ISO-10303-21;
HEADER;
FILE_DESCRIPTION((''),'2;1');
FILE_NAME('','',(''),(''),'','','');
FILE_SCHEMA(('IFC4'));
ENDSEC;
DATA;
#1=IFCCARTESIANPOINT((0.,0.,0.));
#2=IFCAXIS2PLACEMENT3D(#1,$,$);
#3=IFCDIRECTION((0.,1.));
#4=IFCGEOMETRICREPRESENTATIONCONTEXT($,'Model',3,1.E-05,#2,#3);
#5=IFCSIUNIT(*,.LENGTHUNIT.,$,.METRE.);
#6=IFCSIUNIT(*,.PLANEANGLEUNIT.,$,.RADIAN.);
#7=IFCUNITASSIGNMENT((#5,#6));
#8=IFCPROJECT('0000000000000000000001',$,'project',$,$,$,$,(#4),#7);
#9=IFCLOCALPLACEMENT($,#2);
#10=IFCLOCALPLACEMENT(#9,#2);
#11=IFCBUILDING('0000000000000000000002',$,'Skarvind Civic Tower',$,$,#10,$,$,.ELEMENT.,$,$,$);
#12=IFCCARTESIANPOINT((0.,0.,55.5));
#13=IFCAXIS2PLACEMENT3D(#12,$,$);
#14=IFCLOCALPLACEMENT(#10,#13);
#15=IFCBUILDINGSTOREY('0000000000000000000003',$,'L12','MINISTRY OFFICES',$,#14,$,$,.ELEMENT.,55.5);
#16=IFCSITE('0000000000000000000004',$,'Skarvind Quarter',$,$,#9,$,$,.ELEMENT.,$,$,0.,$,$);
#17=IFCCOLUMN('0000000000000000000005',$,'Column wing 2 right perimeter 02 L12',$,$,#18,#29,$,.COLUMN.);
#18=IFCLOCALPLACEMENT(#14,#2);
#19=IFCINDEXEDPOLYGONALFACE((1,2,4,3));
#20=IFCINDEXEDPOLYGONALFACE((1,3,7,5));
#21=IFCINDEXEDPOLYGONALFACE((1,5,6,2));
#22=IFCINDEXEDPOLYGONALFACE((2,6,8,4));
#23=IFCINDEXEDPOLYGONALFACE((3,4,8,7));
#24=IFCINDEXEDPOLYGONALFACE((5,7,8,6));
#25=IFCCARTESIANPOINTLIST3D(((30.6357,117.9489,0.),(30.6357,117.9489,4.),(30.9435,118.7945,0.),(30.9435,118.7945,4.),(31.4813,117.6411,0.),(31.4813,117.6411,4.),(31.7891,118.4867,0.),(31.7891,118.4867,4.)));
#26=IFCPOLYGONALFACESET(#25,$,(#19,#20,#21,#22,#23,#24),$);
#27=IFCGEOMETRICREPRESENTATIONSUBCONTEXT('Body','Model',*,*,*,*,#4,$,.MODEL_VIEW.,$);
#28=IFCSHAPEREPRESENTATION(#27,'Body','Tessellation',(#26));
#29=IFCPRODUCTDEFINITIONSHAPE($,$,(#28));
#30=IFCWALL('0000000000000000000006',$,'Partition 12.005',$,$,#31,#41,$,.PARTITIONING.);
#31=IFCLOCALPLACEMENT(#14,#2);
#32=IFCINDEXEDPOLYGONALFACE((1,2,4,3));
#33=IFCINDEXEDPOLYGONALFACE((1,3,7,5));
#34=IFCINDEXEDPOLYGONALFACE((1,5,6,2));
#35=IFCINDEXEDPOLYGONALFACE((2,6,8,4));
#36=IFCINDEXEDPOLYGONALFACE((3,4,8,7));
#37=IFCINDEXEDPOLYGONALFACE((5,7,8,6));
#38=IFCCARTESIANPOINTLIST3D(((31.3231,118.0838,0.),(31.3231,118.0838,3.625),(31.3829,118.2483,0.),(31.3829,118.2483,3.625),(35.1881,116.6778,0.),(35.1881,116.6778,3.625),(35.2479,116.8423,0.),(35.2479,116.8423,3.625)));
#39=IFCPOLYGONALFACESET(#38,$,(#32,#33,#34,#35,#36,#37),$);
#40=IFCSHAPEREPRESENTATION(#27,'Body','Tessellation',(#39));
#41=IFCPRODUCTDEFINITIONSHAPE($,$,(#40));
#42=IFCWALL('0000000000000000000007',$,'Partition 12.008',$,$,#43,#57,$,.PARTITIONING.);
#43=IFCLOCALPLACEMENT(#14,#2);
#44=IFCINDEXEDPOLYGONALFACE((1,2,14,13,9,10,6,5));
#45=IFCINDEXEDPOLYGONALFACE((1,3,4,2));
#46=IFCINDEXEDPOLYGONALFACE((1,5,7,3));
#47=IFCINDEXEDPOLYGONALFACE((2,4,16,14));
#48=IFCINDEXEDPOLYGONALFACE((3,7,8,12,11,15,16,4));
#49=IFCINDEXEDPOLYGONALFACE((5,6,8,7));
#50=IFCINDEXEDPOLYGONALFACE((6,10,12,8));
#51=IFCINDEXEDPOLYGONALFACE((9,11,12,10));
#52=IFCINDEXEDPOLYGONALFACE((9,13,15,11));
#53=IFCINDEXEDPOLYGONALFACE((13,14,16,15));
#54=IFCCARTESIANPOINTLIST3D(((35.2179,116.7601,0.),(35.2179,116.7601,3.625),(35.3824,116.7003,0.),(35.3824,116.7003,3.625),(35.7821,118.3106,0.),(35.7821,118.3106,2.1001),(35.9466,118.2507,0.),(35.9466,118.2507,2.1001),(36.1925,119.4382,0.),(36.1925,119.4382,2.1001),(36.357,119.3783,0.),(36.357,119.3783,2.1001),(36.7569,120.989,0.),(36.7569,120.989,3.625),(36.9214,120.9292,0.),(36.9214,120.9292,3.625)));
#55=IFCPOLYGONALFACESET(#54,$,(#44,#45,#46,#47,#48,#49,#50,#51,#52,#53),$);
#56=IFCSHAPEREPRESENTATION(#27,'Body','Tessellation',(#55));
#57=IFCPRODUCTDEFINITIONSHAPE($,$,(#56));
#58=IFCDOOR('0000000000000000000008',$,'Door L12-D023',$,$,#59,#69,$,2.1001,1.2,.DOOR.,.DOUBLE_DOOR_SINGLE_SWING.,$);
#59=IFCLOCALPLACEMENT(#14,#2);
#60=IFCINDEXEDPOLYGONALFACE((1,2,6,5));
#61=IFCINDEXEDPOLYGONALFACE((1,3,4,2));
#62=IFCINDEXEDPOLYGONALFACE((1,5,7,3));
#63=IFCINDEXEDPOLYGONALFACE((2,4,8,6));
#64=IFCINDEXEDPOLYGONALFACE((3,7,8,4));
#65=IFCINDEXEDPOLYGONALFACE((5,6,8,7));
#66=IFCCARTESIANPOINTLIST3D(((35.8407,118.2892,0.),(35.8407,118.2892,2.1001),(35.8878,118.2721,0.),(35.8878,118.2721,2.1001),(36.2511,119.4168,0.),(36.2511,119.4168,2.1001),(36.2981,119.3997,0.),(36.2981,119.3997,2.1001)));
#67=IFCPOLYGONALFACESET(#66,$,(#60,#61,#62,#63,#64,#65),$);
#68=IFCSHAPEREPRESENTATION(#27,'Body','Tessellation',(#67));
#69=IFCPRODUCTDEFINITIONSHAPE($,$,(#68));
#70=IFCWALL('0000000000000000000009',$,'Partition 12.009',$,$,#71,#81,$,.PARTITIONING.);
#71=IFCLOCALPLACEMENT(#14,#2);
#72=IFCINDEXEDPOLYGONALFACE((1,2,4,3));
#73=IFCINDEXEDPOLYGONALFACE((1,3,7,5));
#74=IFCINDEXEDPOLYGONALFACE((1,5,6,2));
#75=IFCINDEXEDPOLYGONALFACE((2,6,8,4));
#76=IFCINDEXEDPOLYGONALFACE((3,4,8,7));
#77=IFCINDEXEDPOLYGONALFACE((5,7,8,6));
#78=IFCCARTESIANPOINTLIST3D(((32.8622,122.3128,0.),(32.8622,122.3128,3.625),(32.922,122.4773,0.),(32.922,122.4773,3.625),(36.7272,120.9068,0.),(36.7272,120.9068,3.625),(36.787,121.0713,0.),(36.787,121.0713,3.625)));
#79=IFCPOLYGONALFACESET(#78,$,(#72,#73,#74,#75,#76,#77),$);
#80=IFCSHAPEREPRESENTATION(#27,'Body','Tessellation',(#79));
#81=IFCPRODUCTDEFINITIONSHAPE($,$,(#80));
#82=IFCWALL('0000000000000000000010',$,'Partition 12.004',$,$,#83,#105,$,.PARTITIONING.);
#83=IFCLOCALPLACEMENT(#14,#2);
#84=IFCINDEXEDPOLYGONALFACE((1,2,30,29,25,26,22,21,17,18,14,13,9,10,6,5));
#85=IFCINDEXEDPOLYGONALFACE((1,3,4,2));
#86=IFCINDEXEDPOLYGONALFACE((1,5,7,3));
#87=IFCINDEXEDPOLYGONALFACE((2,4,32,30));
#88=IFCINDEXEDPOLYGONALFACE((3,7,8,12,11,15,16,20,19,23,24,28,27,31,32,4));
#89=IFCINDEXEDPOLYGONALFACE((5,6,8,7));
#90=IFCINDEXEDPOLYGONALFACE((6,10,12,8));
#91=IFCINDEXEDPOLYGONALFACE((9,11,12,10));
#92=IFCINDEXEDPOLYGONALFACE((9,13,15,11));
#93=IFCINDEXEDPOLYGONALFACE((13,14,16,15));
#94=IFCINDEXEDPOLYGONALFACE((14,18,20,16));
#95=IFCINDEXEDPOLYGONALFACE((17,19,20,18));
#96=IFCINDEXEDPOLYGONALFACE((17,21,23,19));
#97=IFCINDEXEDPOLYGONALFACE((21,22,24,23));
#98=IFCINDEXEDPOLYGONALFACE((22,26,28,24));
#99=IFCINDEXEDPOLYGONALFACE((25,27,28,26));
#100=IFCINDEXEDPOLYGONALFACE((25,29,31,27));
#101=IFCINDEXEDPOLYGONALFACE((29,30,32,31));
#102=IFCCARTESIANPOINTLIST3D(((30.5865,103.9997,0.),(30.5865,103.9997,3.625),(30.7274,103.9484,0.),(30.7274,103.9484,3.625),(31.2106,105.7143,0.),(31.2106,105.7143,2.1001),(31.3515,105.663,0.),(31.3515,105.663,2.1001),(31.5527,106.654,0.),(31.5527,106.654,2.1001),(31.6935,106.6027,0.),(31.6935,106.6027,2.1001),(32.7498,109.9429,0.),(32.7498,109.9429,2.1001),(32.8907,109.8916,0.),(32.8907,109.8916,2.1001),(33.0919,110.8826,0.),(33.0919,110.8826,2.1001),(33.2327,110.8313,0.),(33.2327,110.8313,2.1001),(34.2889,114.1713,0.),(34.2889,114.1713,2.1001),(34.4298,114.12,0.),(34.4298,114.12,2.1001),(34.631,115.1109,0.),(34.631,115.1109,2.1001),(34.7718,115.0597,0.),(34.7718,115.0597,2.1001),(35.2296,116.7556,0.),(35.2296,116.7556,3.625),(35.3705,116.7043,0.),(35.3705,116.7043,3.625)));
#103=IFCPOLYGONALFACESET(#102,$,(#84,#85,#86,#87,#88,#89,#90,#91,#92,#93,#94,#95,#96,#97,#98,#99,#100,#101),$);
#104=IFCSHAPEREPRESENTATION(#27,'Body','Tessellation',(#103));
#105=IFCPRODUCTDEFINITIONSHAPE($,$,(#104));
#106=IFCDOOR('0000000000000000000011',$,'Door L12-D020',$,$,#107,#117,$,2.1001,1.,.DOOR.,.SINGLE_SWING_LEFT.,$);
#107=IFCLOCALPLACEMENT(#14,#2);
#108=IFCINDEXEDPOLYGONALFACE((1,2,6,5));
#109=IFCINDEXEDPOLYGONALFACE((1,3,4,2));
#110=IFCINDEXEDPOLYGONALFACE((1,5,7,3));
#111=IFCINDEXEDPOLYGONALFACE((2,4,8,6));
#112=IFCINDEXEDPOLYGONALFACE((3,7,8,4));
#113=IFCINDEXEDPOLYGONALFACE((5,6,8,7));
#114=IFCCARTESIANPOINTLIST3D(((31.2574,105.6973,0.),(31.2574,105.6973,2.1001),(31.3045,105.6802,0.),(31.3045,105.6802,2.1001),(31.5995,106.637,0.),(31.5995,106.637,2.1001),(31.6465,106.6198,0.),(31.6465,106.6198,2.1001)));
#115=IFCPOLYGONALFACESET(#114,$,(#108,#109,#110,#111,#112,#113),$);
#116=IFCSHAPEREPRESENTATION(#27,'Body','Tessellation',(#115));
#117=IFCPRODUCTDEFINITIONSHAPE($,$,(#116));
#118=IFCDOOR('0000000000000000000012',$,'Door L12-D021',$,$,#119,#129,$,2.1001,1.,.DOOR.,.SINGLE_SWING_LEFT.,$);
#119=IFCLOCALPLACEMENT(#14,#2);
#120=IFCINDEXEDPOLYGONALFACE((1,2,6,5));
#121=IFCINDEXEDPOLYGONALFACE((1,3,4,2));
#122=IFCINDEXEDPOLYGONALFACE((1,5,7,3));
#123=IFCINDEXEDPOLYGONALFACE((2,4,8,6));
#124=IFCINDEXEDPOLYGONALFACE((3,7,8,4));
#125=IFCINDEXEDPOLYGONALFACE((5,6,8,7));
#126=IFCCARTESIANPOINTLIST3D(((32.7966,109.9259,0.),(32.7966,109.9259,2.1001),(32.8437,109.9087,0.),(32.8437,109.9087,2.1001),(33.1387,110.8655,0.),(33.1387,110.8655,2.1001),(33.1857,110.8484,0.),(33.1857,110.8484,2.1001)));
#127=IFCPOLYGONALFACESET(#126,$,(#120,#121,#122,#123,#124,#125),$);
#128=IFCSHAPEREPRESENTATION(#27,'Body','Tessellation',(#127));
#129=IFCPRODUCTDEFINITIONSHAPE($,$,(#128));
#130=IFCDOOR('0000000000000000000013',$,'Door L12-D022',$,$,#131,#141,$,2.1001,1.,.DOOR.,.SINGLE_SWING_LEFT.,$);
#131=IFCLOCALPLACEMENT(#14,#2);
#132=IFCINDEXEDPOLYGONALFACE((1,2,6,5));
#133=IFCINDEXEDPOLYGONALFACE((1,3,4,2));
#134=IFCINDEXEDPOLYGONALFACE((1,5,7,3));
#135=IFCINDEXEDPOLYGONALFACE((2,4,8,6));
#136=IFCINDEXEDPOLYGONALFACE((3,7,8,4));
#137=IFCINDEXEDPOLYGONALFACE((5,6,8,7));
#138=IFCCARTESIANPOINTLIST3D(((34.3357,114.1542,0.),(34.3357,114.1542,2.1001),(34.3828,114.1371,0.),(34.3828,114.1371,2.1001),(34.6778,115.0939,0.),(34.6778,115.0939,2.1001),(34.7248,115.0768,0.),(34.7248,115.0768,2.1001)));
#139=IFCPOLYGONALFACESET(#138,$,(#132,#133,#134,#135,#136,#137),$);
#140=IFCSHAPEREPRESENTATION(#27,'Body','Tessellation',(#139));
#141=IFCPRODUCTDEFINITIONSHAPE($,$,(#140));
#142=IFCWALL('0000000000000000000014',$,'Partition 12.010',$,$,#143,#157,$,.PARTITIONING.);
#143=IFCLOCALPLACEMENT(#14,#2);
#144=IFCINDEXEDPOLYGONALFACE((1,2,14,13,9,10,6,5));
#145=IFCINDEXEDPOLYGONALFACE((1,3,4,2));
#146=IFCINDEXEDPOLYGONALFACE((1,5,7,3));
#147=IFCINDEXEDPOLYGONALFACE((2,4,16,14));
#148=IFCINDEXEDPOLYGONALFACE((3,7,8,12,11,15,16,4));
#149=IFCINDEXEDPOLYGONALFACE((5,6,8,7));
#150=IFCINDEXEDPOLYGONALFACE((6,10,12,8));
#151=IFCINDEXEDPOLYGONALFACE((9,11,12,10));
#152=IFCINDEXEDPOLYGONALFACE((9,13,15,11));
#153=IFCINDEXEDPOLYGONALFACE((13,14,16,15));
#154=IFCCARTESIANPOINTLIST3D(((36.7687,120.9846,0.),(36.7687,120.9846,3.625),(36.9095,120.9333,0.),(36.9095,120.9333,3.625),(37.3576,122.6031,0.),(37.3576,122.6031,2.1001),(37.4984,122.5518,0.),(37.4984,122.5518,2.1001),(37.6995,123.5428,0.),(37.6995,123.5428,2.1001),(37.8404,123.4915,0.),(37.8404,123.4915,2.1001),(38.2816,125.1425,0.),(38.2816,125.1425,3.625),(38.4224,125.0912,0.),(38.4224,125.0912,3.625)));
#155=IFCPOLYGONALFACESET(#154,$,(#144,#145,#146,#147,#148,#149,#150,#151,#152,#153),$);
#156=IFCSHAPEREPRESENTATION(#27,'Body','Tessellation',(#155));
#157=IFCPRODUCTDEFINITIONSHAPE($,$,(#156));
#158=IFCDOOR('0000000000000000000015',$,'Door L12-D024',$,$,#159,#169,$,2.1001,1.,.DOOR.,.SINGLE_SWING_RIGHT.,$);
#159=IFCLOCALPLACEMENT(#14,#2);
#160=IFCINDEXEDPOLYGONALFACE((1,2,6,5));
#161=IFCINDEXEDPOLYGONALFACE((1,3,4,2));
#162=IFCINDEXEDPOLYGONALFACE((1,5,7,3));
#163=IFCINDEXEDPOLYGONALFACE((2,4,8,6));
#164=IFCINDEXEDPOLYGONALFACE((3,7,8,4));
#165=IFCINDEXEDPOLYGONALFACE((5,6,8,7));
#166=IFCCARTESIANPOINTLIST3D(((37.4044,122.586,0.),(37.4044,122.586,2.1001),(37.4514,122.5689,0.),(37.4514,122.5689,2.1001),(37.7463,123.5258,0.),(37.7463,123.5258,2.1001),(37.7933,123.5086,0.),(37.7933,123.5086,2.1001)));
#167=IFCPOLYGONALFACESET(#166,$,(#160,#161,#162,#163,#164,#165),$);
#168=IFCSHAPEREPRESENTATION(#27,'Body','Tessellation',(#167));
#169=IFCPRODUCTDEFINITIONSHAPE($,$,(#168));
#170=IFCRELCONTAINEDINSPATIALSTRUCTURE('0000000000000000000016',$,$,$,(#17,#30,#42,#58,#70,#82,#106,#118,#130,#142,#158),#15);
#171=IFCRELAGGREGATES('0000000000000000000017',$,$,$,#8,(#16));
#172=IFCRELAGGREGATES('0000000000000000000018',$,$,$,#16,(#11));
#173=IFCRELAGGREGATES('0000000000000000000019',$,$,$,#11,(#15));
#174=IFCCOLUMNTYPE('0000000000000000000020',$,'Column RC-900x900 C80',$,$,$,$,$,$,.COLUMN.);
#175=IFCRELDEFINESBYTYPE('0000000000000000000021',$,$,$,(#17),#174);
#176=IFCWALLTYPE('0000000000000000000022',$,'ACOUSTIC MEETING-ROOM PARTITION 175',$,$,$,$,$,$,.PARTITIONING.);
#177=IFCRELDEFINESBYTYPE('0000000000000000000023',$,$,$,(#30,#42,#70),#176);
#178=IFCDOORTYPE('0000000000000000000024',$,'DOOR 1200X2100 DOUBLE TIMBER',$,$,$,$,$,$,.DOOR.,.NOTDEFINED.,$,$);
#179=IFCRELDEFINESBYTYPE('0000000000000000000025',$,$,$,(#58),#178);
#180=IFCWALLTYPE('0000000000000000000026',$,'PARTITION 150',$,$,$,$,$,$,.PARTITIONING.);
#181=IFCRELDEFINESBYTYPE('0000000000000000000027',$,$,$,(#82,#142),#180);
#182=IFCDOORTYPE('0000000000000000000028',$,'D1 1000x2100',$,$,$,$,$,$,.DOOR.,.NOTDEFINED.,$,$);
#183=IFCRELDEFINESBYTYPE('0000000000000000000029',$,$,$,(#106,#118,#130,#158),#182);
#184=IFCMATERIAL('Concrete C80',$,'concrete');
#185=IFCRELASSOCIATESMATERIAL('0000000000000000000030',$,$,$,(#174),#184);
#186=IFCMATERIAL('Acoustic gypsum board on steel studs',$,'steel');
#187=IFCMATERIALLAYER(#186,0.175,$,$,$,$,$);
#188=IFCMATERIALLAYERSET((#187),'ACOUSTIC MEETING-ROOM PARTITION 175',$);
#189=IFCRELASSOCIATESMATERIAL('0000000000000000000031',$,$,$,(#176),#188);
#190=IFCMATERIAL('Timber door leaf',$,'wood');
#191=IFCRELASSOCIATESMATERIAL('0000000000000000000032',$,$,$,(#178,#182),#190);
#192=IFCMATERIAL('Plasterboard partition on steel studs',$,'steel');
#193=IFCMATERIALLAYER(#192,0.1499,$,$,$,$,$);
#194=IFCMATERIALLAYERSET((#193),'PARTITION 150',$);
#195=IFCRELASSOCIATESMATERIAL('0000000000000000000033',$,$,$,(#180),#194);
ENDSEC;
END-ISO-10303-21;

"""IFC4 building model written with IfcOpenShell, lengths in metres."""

from ifc_helpers import new_model, si_unit, direction, frame, frame_2d, origin, origin_2d, place, context, subcontext, project, spatial, rectangle, extrude, material, layer, layer_set, material_profile, profile_set, type_object, element, fill, save


model = new_model("IFC4")

# Units and contexts
model_context = context("Model", 3, precision=1e-05, world=origin(), true_north=direction((0.0, 1.0)))
body_context = subcontext(model_context, "Body", "Model", "MODEL_VIEW")
ifc_project = project(units=[si_unit("LENGTHUNIT", "METRE"), si_unit("PLANEANGLEUNIT", "RADIAN")], contexts=[model_context])

# Site, building, storey
site_placement = place(None, origin())
site = spatial("IfcSite", under=ifc_project, at=site_placement, Name="Skarvind Quarter", CompositionType="ELEMENT", RefElevation=0.0)
building_placement = place(site_placement, origin())
building = spatial("IfcBuilding", under=site, at=building_placement, Name="Skarvind Civic Tower", CompositionType="ELEMENT")
storey_placement = place(building_placement, frame((0.0, 0.0, 55.5)))
storey = spatial("IfcBuildingStorey", under=building, at=storey_placement, Name="L12", Description="MINISTRY OFFICES", CompositionType="ELEMENT", Elevation=55.5)

# Column
ifc_material_1 = material(Name="Concrete C80", Category="concrete")
ifc_material_profile = material_profile(ifc_material_1, rectangle(XDim=0.8999, YDim=0.8999, at=origin_2d()), Name="RC-900x900")
ifc_profile_set = profile_set([ifc_material_profile], Name="Concrete C80")
column_type = type_object("IfcColumnType", Name="Column RC-900x900 C80", PredefinedType="COLUMN", material=ifc_profile_set)
column_placement = place(storey_placement, frame((31.2124, 118.2178, 0.0), z_axis=(0.0, 0.0, 1.0), x_axis=(-0.34202, -0.939693, 0.0)))
element("IfcColumn", 1, at=column_placement, inside=storey, type_object=column_type, Name="Column wing 2 right perimeter 02 L12", PredefinedType="COLUMN", context=body_context, shape_type="SweptSolid", body=[
    extrude(rectangle(XDim=0.8999, YDim=0.8999, at=origin_2d()), origin(), (0.0, 0.0, 1.0), 4.0),
])

# Wall
ifc_material_2 = material(Name="Acoustic gypsum board on steel studs", Category="steel")
ifc_layer_1 = layer(ifc_material_2, 0.175)
ifc_layer_set_1 = layer_set([ifc_layer_1], Name="ACOUSTIC MEETING-ROOM PARTITION 175")
wall_type_1 = type_object("IfcWallType", Name="ACOUSTIC MEETING-ROOM PARTITION 175", PredefinedType="PARTITIONING", material=ifc_layer_set_1)
wall_1_placement = place(storey_placement, frame((31.353, 118.166, 0.0), z_axis=(0.0, 0.0, 1.0), x_axis=(0.93975, -0.341862, 0.0)))
element("IfcWall", 2, at=wall_1_placement, inside=storey, type_object=wall_type_1, Name="Partition 12.005", PredefinedType="PARTITIONING", context=body_context, shape_type="SweptSolid", body=[
    extrude(rectangle(XDim=4.1128, YDim=0.175, at=frame_2d((2.0564, 0.0))), origin(), (0.0, 0.0, 1.0), 3.625),
])

# Wall, opening, door
wall_2_placement = place(storey_placement, frame((36.8391, 120.959, 0.0), z_axis=(0.0, 0.0, 1.0), x_axis=(-0.341987, -0.939705, 0.0)))
wall_2 = element("IfcWall", 3, at=wall_2_placement, inside=storey, type_object=wall_type_1, Name="Partition 12.008", PredefinedType="PARTITIONING", context=body_context, shape_type="SweptSolid", body=[
    extrude(rectangle(XDim=4.5002, YDim=0.175, at=frame_2d((2.25, 0.0))), origin(), (0.0, 0.0, 1.0), 3.625),
])
opening_1_placement = place(wall_2_placement, frame((1.6501, 0.0, 0.0)))
opening_1 = element("IfcOpeningElement", 4, at=opening_1_placement, cuts=wall_2, PredefinedType="OPENING", context=body_context, shape_type="SweptSolid", body=[
    extrude(rectangle(XDim=1.2, YDim=2.1001, at=frame_2d((0.6001, 1.05))), frame((0.0, 0.0974, 0.0), z_axis=(0.0, -1.0, 0.0), x_axis=(1.0, 0.0, 0.0)), (0.0, 0.0, 1.0), 0.1951),
])
ifc_material_3 = material(Name="Timber door leaf", Category="wood")
door_type_1 = type_object("IfcDoorType", Name="DOOR 1200X2100 DOUBLE TIMBER", OperationType="NOTDEFINED", PredefinedType="DOOR", material=ifc_material_3)
door_1_placement = place(opening_1_placement, origin())
door_1 = element("IfcDoor", 5, at=door_1_placement, inside=storey, type_object=door_type_1, Name="Door L12-D023", OperationType="DOUBLE_DOOR_SINGLE_SWING", OverallHeight=2.1001, OverallWidth=1.2, PredefinedType="DOOR", context=body_context, shape_type="SweptSolid", body=[
    extrude(rectangle(XDim=1.2, YDim=2.1001, at=frame_2d((0.6001, 1.05))), frame((0.0, 0.0249, 0.0), z_axis=(0.0, -1.0, 0.0), x_axis=(1.0, 0.0, 0.0)), (0.0, 0.0, 1.0), 0.05),
])
fill(opening_1, door_1)

# Wall
wall_3_placement = place(storey_placement, frame((36.7571, 120.989, 0.0), z_axis=(0.0, 0.0, 1.0), x_axis=(-0.93975, 0.341862, 0.0)))
element("IfcWall", 6, at=wall_3_placement, inside=storey, type_object=wall_type_1, Name="Partition 12.009", PredefinedType="PARTITIONING", context=body_context, shape_type="SweptSolid", body=[
    extrude(rectangle(XDim=4.1128, YDim=0.175, at=frame_2d((2.0564, 0.0))), origin(), (0.0, 0.0, 1.0), 3.625),
])

# Wall, openings, doors
ifc_material_4 = material(Name="Plasterboard partition on steel studs", Category="steel")
ifc_layer_2 = layer(ifc_material_4, 0.1499)
ifc_layer_set_2 = layer_set([ifc_layer_2], Name="PARTITION 150")
wall_type_2 = type_object("IfcWallType", Name="PARTITION 150", PredefinedType="PARTITIONING", material=ifc_layer_set_2)
wall_4_placement = place(storey_placement, frame((35.3, 116.73, 0.0), z_axis=(0.0, 0.0, 1.0), x_axis=(-0.342041, -0.939685, 0.0)))
wall_4 = element("IfcWall", 7, at=wall_4_placement, inside=storey, type_object=wall_type_2, Name="Partition 12.004", PredefinedType="PARTITIONING", context=body_context, shape_type="SweptSolid", body=[
    extrude(rectangle(XDim=13.5747, YDim=0.1499, at=frame_2d((6.7874, 0.0))), origin(), (0.0, 0.0, 1.0), 3.625),
])
opening_2_placement = place(wall_4_placement, frame((10.75, 0.0, 0.0)))
opening_2 = element("IfcOpeningElement", 8, at=opening_2_placement, cuts=wall_4, PredefinedType="OPENING", context=body_context, shape_type="SweptSolid", body=[
    extrude(rectangle(XDim=1.0, YDim=2.1001, at=frame_2d((0.5, 1.05))), frame((0.0, 0.085, 0.0), z_axis=(0.0, -1.0, 0.0), x_axis=(1.0, 0.0, 0.0)), (0.0, 0.0, 1.0), 0.1699),
])
opening_3_placement = place(wall_4_placement, frame((6.25, 0.0, 0.0)))
opening_3 = element("IfcOpeningElement", 9, at=opening_3_placement, cuts=wall_4, PredefinedType="OPENING", context=body_context, shape_type="SweptSolid", body=[
    extrude(rectangle(XDim=1.0, YDim=2.1001, at=frame_2d((0.5, 1.05))), frame((0.0, 0.085, 0.0), z_axis=(0.0, -1.0, 0.0), x_axis=(1.0, 0.0, 0.0)), (0.0, 0.0, 1.0), 0.1699),
])
opening_4_placement = place(wall_4_placement, frame((1.7502, 0.0, 0.0)))
opening_4 = element("IfcOpeningElement", 10, at=opening_4_placement, cuts=wall_4, PredefinedType="OPENING", context=body_context, shape_type="SweptSolid", body=[
    extrude(rectangle(XDim=1.0, YDim=2.1001, at=frame_2d((0.5, 1.05))), frame((0.0, 0.085, 0.0), z_axis=(0.0, -1.0, 0.0), x_axis=(1.0, 0.0, 0.0)), (0.0, 0.0, 1.0), 0.1699),
])
door_type_2 = type_object("IfcDoorType", Name="D1 1000x2100", OperationType="NOTDEFINED", PredefinedType="DOOR", material=ifc_material_3)
door_2_placement = place(opening_2_placement, origin())
door_2 = element("IfcDoor", 11, at=door_2_placement, inside=storey, type_object=door_type_2, Name="Door L12-D020", OperationType="SINGLE_SWING_LEFT", OverallHeight=2.1001, OverallWidth=1.0, PredefinedType="DOOR", context=body_context, shape_type="SweptSolid", body=[
    extrude(rectangle(XDim=1.0, YDim=2.1001, at=frame_2d((0.5, 1.05))), frame((0.0, 0.0249, 0.0), z_axis=(0.0, -1.0, 0.0), x_axis=(1.0, 0.0, 0.0)), (0.0, 0.0, 1.0), 0.05),
])
fill(opening_2, door_2)
door_3_placement = place(opening_3_placement, origin())
door_3 = element("IfcDoor", 12, at=door_3_placement, inside=storey, type_object=door_type_2, Name="Door L12-D021", OperationType="SINGLE_SWING_LEFT", OverallHeight=2.1001, OverallWidth=1.0, PredefinedType="DOOR", context=body_context, shape_type="SweptSolid", body=[
    extrude(rectangle(XDim=1.0, YDim=2.1001, at=frame_2d((0.5, 1.05))), frame((0.0, 0.0249, 0.0), z_axis=(0.0, -1.0, 0.0), x_axis=(1.0, 0.0, 0.0)), (0.0, 0.0, 1.0), 0.05),
])
fill(opening_3, door_3)
door_4_placement = place(opening_4_placement, origin())
door_4 = element("IfcDoor", 13, at=door_4_placement, inside=storey, type_object=door_type_2, Name="Door L12-D022", OperationType="SINGLE_SWING_LEFT", OverallHeight=2.1001, OverallWidth=1.0, PredefinedType="DOOR", context=body_context, shape_type="SweptSolid", body=[
    extrude(rectangle(XDim=1.0, YDim=2.1001, at=frame_2d((0.5, 1.05))), frame((0.0, 0.0249, 0.0), z_axis=(0.0, -1.0, 0.0), x_axis=(1.0, 0.0, 0.0)), (0.0, 0.0, 1.0), 0.05),
])
fill(opening_4, door_4)

# Wall, opening, door
wall_5_placement = place(storey_placement, frame((38.3521, 125.1169, 0.0), z_axis=(0.0, 0.0, 1.0), x_axis=(-0.341934, -0.939724, 0.0)))
wall_5 = element("IfcWall", 14, at=wall_5_placement, inside=storey, type_object=wall_type_2, Name="Partition 12.010", PredefinedType="PARTITIONING", context=body_context, shape_type="SweptSolid", body=[
    extrude(rectangle(XDim=4.4246, YDim=0.1499, at=frame_2d((2.2124, 0.0))), origin(), (0.0, 0.0, 1.0), 3.625),
])
opening_5_placement = place(wall_5_placement, frame((1.7024, 0.0, 0.0)))
opening_5 = element("IfcOpeningElement", 15, at=opening_5_placement, cuts=wall_5, PredefinedType="OPENING", context=body_context, shape_type="SweptSolid", body=[
    extrude(rectangle(XDim=1.0, YDim=2.1001, at=frame_2d((0.5, 1.05))), frame((0.0, 0.085, 0.0), z_axis=(0.0, -1.0, 0.0), x_axis=(1.0, 0.0, 0.0)), (0.0, 0.0, 1.0), 0.1699),
])
door_5_placement = place(opening_5_placement, origin())
door_5 = element("IfcDoor", 16, at=door_5_placement, inside=storey, type_object=door_type_2, Name="Door L12-D024", OperationType="SINGLE_SWING_RIGHT", OverallHeight=2.1001, OverallWidth=1.0, PredefinedType="DOOR", context=body_context, shape_type="SweptSolid", body=[
    extrude(rectangle(XDim=1.0, YDim=2.1001, at=frame_2d((0.5, 1.05))), frame((0.0, 0.0249, 0.0), z_axis=(0.0, -1.0, 0.0), x_axis=(1.0, 0.0, 0.0)), (0.0, 0.0, 1.0), 0.05),
])
fill(opening_5, door_5)

save(model, "model.ifc")
